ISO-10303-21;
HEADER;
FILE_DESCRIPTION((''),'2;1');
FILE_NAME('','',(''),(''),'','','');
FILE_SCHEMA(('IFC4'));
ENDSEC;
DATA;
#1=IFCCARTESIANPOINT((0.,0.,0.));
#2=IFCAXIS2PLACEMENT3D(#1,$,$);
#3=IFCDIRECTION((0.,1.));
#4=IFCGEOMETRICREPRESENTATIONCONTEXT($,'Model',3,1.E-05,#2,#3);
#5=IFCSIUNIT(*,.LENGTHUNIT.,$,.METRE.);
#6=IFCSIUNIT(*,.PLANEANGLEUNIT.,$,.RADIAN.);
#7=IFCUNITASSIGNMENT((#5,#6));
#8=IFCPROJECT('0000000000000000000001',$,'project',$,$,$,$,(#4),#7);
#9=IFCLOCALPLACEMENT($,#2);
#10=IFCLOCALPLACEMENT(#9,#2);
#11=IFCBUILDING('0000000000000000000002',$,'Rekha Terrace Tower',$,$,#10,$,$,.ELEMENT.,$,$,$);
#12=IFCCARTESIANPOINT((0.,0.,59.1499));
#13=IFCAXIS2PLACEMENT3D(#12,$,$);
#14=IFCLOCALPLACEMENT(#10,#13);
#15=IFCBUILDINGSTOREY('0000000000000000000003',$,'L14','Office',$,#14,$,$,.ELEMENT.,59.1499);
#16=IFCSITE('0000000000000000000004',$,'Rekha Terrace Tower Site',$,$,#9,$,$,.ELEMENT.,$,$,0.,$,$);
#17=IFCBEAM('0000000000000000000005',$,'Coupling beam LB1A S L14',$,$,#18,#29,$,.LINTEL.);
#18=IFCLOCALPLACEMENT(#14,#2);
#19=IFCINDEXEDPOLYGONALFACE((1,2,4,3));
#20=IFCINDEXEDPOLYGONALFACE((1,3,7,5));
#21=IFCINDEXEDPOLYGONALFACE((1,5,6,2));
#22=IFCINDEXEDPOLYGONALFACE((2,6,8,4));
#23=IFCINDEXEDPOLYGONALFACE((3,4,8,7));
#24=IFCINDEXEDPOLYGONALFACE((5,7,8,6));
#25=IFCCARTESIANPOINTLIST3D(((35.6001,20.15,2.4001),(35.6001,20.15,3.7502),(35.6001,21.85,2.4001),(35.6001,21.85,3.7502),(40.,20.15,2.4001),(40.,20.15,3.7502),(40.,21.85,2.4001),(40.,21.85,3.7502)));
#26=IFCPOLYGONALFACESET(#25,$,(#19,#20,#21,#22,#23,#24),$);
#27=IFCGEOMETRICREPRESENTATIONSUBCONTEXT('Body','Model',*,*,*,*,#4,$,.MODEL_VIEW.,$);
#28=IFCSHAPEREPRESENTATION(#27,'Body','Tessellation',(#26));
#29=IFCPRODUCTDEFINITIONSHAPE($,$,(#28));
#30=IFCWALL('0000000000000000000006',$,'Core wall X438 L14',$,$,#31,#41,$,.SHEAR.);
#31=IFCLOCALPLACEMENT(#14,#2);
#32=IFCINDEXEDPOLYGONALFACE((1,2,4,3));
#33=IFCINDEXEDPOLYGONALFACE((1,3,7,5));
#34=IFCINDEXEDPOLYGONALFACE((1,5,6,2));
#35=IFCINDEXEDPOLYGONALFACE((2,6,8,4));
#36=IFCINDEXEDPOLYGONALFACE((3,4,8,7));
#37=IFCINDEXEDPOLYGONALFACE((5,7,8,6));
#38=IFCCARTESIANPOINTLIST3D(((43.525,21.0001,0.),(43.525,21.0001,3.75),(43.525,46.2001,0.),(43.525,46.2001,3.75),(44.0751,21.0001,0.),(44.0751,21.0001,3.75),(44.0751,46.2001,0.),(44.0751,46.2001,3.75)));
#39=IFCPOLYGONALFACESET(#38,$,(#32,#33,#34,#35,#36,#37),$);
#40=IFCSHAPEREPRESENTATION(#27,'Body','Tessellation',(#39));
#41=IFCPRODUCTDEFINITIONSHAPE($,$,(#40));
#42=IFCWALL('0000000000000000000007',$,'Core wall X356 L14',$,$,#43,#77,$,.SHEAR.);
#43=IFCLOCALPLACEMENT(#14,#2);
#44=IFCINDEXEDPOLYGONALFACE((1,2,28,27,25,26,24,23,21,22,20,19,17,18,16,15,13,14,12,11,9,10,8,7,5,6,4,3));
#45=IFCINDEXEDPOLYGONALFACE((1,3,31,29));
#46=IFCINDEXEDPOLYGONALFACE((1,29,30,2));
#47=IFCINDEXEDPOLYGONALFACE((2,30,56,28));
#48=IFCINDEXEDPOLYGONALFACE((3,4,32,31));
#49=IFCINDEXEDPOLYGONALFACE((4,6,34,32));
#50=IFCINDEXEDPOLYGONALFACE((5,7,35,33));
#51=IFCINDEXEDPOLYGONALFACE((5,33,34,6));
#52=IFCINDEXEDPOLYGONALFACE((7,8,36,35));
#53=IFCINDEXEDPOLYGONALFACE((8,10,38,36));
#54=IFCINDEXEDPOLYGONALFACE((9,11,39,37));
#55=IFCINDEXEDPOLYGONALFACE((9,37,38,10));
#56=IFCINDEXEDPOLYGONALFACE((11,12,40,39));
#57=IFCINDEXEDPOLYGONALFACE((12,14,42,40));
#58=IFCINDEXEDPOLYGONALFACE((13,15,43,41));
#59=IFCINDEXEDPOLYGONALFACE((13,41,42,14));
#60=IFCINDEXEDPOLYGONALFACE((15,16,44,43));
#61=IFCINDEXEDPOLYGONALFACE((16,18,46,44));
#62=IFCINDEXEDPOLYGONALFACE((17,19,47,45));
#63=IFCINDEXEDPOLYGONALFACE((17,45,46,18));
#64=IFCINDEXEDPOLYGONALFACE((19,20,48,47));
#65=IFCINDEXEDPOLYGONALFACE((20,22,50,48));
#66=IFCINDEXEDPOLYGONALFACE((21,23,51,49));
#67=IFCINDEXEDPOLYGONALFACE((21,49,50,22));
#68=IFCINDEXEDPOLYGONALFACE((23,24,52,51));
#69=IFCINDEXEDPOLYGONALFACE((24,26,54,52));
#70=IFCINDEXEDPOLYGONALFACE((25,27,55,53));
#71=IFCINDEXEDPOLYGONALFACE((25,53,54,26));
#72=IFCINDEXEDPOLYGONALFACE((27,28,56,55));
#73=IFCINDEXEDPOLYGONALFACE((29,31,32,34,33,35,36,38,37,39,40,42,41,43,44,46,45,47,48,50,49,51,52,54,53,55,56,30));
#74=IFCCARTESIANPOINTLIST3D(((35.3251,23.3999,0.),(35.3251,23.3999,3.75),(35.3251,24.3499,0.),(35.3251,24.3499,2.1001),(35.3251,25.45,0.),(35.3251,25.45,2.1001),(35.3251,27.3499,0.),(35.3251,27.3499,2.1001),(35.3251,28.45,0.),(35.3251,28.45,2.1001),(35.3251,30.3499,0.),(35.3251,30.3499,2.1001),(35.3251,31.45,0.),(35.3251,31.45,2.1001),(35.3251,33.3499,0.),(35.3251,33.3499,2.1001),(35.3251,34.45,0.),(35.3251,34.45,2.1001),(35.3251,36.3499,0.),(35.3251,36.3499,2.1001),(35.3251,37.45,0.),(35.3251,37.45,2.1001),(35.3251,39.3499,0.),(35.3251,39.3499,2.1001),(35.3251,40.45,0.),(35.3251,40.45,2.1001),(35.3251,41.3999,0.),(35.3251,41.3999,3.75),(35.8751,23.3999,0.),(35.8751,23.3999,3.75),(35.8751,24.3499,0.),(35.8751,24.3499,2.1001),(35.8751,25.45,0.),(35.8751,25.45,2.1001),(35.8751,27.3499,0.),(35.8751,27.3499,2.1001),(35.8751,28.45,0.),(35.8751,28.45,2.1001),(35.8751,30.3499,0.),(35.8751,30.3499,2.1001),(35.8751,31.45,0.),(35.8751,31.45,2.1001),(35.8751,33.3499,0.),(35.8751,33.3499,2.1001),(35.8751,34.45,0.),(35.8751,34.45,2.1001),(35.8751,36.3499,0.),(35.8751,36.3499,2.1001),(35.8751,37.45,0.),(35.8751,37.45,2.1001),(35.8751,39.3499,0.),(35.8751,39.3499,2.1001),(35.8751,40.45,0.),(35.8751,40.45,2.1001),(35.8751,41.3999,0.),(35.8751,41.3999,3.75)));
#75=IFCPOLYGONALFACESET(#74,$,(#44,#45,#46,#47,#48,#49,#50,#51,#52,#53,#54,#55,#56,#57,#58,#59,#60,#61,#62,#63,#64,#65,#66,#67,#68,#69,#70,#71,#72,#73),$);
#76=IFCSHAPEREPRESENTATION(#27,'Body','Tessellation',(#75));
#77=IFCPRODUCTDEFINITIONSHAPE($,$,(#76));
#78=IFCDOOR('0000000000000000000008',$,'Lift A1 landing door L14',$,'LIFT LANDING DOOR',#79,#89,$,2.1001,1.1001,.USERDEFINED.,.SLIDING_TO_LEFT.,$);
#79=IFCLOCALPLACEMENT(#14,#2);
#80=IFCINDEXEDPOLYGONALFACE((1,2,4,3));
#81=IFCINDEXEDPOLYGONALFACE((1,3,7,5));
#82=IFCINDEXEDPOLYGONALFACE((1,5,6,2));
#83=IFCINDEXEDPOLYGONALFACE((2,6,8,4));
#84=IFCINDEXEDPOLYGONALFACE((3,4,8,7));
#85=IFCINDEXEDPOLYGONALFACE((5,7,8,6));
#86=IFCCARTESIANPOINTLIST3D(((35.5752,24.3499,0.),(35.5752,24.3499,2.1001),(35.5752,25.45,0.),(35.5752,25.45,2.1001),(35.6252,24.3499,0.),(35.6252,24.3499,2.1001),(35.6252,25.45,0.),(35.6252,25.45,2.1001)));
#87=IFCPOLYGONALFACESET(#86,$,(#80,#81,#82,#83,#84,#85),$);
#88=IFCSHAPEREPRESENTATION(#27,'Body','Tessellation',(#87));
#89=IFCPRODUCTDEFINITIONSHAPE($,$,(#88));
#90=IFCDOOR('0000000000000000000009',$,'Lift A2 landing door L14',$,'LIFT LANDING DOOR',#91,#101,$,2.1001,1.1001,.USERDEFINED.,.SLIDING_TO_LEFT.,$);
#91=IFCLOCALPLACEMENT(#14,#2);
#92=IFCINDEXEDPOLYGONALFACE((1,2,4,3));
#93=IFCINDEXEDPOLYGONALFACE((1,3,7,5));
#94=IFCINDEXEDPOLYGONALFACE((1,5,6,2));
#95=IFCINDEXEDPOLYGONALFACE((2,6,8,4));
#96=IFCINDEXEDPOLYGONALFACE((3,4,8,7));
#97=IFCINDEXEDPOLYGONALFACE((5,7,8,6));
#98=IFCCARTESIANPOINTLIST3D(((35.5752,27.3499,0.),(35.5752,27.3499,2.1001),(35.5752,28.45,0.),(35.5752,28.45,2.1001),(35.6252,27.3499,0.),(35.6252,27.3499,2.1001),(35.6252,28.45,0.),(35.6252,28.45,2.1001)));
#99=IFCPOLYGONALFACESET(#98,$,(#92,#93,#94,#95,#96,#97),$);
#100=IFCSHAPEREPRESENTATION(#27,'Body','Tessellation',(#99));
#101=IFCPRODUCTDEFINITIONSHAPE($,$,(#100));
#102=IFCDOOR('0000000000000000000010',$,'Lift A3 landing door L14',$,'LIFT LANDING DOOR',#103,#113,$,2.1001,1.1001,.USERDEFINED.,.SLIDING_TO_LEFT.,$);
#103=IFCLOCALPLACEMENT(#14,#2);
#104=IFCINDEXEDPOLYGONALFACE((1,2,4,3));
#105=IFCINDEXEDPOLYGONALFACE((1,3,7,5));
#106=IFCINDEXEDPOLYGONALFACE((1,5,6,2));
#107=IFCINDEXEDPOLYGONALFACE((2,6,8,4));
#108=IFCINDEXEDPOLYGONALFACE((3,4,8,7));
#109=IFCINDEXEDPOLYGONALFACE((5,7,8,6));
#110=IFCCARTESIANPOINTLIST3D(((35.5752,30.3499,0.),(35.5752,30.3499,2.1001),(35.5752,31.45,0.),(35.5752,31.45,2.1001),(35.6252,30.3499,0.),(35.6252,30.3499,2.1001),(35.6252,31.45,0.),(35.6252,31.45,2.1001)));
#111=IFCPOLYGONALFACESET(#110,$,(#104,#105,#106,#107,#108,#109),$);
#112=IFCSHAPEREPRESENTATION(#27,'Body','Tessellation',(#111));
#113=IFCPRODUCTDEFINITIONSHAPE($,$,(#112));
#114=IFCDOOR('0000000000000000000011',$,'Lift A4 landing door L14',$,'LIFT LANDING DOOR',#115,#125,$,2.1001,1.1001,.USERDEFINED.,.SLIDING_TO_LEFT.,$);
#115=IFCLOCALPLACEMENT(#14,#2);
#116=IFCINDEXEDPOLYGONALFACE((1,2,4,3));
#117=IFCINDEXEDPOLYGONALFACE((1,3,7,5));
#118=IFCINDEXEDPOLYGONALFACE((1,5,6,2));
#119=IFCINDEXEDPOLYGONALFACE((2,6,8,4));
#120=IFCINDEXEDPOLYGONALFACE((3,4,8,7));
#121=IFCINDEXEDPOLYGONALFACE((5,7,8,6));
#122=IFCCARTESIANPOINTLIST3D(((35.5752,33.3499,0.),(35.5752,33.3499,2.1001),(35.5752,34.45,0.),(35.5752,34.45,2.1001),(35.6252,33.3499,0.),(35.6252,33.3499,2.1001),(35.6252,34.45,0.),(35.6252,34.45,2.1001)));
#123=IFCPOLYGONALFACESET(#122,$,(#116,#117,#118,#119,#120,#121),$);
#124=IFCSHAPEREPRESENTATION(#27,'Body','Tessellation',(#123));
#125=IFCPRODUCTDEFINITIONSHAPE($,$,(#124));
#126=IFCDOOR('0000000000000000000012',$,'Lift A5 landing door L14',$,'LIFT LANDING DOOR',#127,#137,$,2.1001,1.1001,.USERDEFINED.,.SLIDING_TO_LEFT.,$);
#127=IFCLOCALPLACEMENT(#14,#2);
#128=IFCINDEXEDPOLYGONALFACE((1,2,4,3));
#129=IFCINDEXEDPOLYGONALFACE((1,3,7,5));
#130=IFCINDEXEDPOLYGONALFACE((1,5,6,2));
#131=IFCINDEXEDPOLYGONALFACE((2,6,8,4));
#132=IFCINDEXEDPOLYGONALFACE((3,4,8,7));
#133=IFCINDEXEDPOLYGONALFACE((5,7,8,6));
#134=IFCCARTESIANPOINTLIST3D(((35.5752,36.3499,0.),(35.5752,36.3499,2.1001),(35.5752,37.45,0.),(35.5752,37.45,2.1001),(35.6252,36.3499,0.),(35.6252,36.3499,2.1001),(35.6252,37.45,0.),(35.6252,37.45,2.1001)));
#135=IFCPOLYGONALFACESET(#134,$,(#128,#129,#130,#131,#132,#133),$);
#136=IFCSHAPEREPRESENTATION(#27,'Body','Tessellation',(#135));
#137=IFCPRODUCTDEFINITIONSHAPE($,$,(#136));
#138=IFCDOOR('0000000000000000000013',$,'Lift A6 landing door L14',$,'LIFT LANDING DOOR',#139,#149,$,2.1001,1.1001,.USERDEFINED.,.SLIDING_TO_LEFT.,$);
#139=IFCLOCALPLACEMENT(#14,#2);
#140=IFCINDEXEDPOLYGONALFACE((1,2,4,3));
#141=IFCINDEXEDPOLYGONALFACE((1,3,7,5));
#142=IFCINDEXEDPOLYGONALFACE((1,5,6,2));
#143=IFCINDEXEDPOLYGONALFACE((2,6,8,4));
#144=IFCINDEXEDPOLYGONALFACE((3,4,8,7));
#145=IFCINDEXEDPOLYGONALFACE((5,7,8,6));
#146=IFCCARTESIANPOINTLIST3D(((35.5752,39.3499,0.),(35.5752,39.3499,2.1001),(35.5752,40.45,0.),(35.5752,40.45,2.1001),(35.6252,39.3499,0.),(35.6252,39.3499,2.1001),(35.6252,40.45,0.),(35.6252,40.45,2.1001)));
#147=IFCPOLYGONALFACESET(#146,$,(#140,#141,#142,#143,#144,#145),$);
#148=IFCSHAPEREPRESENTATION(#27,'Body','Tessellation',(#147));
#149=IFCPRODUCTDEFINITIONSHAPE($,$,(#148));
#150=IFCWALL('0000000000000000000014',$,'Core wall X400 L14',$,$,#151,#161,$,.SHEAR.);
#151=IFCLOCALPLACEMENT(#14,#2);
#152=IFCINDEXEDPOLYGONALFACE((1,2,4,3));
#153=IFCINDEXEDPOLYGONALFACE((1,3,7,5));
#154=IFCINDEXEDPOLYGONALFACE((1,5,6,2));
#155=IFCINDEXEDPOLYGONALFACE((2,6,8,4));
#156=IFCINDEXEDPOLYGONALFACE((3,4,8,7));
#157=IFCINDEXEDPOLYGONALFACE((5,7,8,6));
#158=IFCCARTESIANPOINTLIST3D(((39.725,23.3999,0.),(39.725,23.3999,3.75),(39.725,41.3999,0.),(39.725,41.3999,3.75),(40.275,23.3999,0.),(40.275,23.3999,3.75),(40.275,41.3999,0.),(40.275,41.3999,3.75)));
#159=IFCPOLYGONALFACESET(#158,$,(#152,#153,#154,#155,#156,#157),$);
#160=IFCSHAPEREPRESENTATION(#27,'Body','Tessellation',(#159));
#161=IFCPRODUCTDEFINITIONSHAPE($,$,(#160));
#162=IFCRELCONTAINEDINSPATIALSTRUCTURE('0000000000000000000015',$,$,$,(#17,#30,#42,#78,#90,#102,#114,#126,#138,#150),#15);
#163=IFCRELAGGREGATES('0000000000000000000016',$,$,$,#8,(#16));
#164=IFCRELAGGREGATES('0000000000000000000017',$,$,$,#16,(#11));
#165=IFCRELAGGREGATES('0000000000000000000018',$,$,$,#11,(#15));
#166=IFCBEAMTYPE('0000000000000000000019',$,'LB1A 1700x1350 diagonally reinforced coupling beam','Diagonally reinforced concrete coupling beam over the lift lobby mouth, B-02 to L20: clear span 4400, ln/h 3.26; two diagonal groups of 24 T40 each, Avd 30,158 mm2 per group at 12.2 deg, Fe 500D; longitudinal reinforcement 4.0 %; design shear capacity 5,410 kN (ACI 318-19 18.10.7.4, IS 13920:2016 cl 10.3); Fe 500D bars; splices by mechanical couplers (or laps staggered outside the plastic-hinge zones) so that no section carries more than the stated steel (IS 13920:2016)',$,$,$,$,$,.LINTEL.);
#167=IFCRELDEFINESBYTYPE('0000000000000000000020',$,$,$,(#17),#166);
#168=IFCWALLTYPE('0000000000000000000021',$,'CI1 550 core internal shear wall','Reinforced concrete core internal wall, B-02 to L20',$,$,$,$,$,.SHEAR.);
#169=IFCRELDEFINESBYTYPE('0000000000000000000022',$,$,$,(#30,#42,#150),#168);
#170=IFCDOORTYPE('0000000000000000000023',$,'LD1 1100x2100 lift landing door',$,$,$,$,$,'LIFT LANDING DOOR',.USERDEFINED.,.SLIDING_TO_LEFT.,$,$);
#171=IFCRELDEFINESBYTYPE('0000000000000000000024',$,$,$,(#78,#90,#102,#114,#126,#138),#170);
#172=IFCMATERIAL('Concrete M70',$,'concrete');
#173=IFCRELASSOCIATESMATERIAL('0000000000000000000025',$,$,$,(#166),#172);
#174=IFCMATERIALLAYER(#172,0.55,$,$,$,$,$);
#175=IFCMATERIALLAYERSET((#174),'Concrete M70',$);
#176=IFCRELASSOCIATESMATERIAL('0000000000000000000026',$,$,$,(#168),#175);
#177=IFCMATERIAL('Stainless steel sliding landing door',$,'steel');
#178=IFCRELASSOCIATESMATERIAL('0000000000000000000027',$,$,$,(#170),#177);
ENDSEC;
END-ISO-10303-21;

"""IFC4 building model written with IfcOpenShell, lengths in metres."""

from ifc_helpers import new_model, si_unit, direction, frame, frame_2d, origin, origin_2d, place, context, subcontext, project, spatial, rectangle, extrude, material, layer, layer_set, material_profile, profile_set, type_object, element, fill, save


model = new_model("IFC4")

# Units and contexts
model_context = context("Model", 3, precision=1e-05, world=origin(), true_north=direction((0.0, 1.0)))
body_context = subcontext(model_context, "Body", "Model", "MODEL_VIEW")
ifc_project = project(units=[si_unit("LENGTHUNIT", "METRE"), si_unit("PLANEANGLEUNIT", "RADIAN")], contexts=[model_context])

# Site, building, storey
site_placement = place(None, origin())
site = spatial("IfcSite", under=ifc_project, at=site_placement, Name="Rekha Terrace Tower Site", CompositionType="ELEMENT", RefElevation=0.0)
building_placement = place(site_placement, origin())
building = spatial("IfcBuilding", under=site, at=building_placement, Name="Rekha Terrace Tower", CompositionType="ELEMENT")
storey_placement = place(building_placement, frame((0.0, 0.0, 59.1499)))
storey = spatial("IfcBuildingStorey", under=building, at=storey_placement, Name="L14", Description="Office", CompositionType="ELEMENT", Elevation=59.1499)

# Beam
ifc_material_1 = material(Name="Concrete M70", Category="concrete")
ifc_material_profile = material_profile(ifc_material_1, rectangle(XDim=1.7, YDim=1.3501, at=origin_2d()), Name="RC 1700x1350")
ifc_profile_set = profile_set([ifc_material_profile], Name="Concrete M70")
beam_type = type_object("IfcBeamType", Name="LB1A 1700x1350 diagonally reinforced coupling beam", Description="Diagonally reinforced concrete coupling beam over the lift lobby mouth, B-02 to L20: clear span 4400, ln/h 3.26; two diagonal groups of 24 T40 each, Avd 30,158 mm2 per group at 12.2 deg, Fe 500D; longitudinal reinforcement 4.0 %; design shear capacity 5,410 kN (ACI 318-19 18.10.7.4, IS 13920:2016 cl 10.3); Fe 500D bars; splices by mechanical couplers (or laps staggered outside the plastic-hinge zones) so that no section carries more than the stated steel (IS 13920:2016)", PredefinedType="LINTEL", material=ifc_profile_set)
beam_placement = place(storey_placement, frame((35.6001, 21.0, 3.0752), z_axis=(1.0, 0.0, 0.0), x_axis=(0.0, 1.0, 0.0)))
element("IfcBeam", 1, at=beam_placement, inside=storey, type_object=beam_type, Name="Coupling beam LB1A S L14", PredefinedType="LINTEL", context=body_context, shape_type="SweptSolid", body=[
    extrude(rectangle(XDim=1.7, YDim=1.3501, at=origin_2d()), origin(), (0.0, 0.0, 1.0), 4.3999),
])

# Wall
ifc_layer_1 = layer(ifc_material_1, 0.55)
ifc_layer_set_1 = layer_set([ifc_layer_1], Name="Concrete M70")
wall_type_1 = type_object("IfcWallType", Name="CI1 550 core internal shear wall", Description="Reinforced concrete core internal wall, B-02 to L20", PredefinedType="SHEAR", material=ifc_layer_set_1)
wall_1_placement = place(storey_placement, frame((43.8, 21.0, 0.0), z_axis=(0.0, 0.0, 1.0), x_axis=(0.0, 1.0, 0.0)))
element("IfcWall", 2, at=wall_1_placement, inside=storey, type_object=wall_type_1, Name="Core wall X438 L14", PredefinedType="SHEAR", context=body_context, shape_type="SweptSolid", body=[
    extrude(rectangle(XDim=25.2, YDim=0.55, at=frame_2d((12.6001, 0.0))), origin(), (0.0, 0.0, 1.0), 3.75),
])

# Wall, openings, doors
wall_2_placement = place(storey_placement, frame((35.6001, 23.3999, 0.0), z_axis=(0.0, 0.0, 1.0), x_axis=(0.0, 1.0, 0.0)))
wall_2 = element("IfcWall", 3, at=wall_2_placement, inside=storey, type_object=wall_type_1, Name="Core wall X356 L14", PredefinedType="SHEAR", context=body_context, shape_type="SweptSolid", body=[
    extrude(rectangle(XDim=18.0, YDim=0.55, at=frame_2d((9.0, 0.0))), origin(), (0.0, 0.0, 1.0), 3.75),
])
opening_1_placement = place(wall_2_placement, frame((0.95, 0.0, 0.0)))
opening_1 = element("IfcOpeningElement", 4, at=opening_1_placement, cuts=wall_2, PredefinedType="OPENING", context=body_context, shape_type="SweptSolid", body=[
    extrude(rectangle(XDim=1.1001, YDim=2.1001, at=frame_2d((0.55, 1.05))), frame((0.0, 0.2849, 0.0), z_axis=(0.0, -1.0, 0.0), x_axis=(1.0, 0.0, 0.0)), (0.0, 0.0, 1.0), 0.5701),
])
opening_2_placement = place(wall_2_placement, frame((3.95, 0.0, 0.0)))
opening_2 = element("IfcOpeningElement", 5, at=opening_2_placement, cuts=wall_2, PredefinedType="OPENING", context=body_context, shape_type="SweptSolid", body=[
    extrude(rectangle(XDim=1.1001, YDim=2.1001, at=frame_2d((0.55, 1.05))), frame((0.0, 0.2849, 0.0), z_axis=(0.0, -1.0, 0.0), x_axis=(1.0, 0.0, 0.0)), (0.0, 0.0, 1.0), 0.5701),
])
opening_3_placement = place(wall_2_placement, frame((6.95, 0.0, 0.0)))
opening_3 = element("IfcOpeningElement", 6, at=opening_3_placement, cuts=wall_2, PredefinedType="OPENING", context=body_context, shape_type="SweptSolid", body=[
    extrude(rectangle(XDim=1.1001, YDim=2.1001, at=frame_2d((0.55, 1.05))), frame((0.0, 0.2849, 0.0), z_axis=(0.0, -1.0, 0.0), x_axis=(1.0, 0.0, 0.0)), (0.0, 0.0, 1.0), 0.5701),
])
opening_4_placement = place(wall_2_placement, frame((9.95, 0.0, 0.0)))
opening_4 = element("IfcOpeningElement", 7, at=opening_4_placement, cuts=wall_2, PredefinedType="OPENING", context=body_context, shape_type="SweptSolid", body=[
    extrude(rectangle(XDim=1.1001, YDim=2.1001, at=frame_2d((0.55, 1.05))), frame((0.0, 0.2849, 0.0), z_axis=(0.0, -1.0, 0.0), x_axis=(1.0, 0.0, 0.0)), (0.0, 0.0, 1.0), 0.5701),
])
opening_5_placement = place(wall_2_placement, frame((12.95, 0.0, 0.0)))
opening_5 = element("IfcOpeningElement", 8, at=opening_5_placement, cuts=wall_2, PredefinedType="OPENING", context=body_context, shape_type="SweptSolid", body=[
    extrude(rectangle(XDim=1.1001, YDim=2.1001, at=frame_2d((0.55, 1.05))), frame((0.0, 0.2849, 0.0), z_axis=(0.0, -1.0, 0.0), x_axis=(1.0, 0.0, 0.0)), (0.0, 0.0, 1.0), 0.5701),
])
opening_6_placement = place(wall_2_placement, frame((15.95, 0.0, 0.0)))
opening_6 = element("IfcOpeningElement", 9, at=opening_6_placement, cuts=wall_2, PredefinedType="OPENING", context=body_context, shape_type="SweptSolid", body=[
    extrude(rectangle(XDim=1.1001, YDim=2.1001, at=frame_2d((0.55, 1.05))), frame((0.0, 0.2849, 0.0), z_axis=(0.0, -1.0, 0.0), x_axis=(1.0, 0.0, 0.0)), (0.0, 0.0, 1.0), 0.5701),
])
ifc_material_2 = material(Name="Stainless steel sliding landing door", Category="steel")
door_type_1 = type_object("IfcDoorType", Name="LD1 1100x2100 lift landing door", ElementType="LIFT LANDING DOOR", OperationType="SLIDING_TO_LEFT", PredefinedType="USERDEFINED", material=ifc_material_2)
door_1_placement = place(opening_1_placement, origin())
door_1 = element("IfcDoor", 10, at=door_1_placement, inside=storey, type_object=door_type_1, Name="Lift A1 landing door L14", ObjectType="LIFT LANDING DOOR", OperationType="SLIDING_TO_LEFT", OverallHeight=2.1001, OverallWidth=1.1001, PredefinedType="USERDEFINED", context=body_context, shape_type="SweptSolid", body=[
    extrude(rectangle(XDim=1.1001, YDim=2.1001, at=frame_2d((0.55, 1.05))), frame((0.0, 0.0249, 0.0), z_axis=(0.0, -1.0, 0.0), x_axis=(1.0, 0.0, 0.0)), (0.0, 0.0, 1.0), 0.05),
])
fill(opening_1, door_1)
door_2_placement = place(opening_2_placement, origin())
door_2 = element("IfcDoor", 11, at=door_2_placement, inside=storey, type_object=door_type_1, Name="Lift A2 landing door L14", ObjectType="LIFT LANDING DOOR", OperationType="SLIDING_TO_LEFT", OverallHeight=2.1001, OverallWidth=1.1001, PredefinedType="USERDEFINED", context=body_context, shape_type="SweptSolid", body=[
    extrude(rectangle(XDim=1.1001, YDim=2.1001, at=frame_2d((0.55, 1.05))), frame((0.0, 0.0249, 0.0), z_axis=(0.0, -1.0, 0.0), x_axis=(1.0, 0.0, 0.0)), (0.0, 0.0, 1.0), 0.05),
])
fill(opening_2, door_2)
door_3_placement = place(opening_3_placement, origin())
door_3 = element("IfcDoor", 12, at=door_3_placement, inside=storey, type_object=door_type_1, Name="Lift A3 landing door L14", ObjectType="LIFT LANDING DOOR", OperationType="SLIDING_TO_LEFT", OverallHeight=2.1001, OverallWidth=1.1001, PredefinedType="USERDEFINED", context=body_context, shape_type="SweptSolid", body=[
    extrude(rectangle(XDim=1.1001, YDim=2.1001, at=frame_2d((0.55, 1.05))), frame((0.0, 0.0249, 0.0), z_axis=(0.0, -1.0, 0.0), x_axis=(1.0, 0.0, 0.0)), (0.0, 0.0, 1.0), 0.05),
])
fill(opening_3, door_3)
door_4_placement = place(opening_4_placement, origin())
door_4 = element("IfcDoor", 13, at=door_4_placement, inside=storey, type_object=door_type_1, Name="Lift A4 landing door L14", ObjectType="LIFT LANDING DOOR", OperationType="SLIDING_TO_LEFT", OverallHeight=2.1001, OverallWidth=1.1001, PredefinedType="USERDEFINED", context=body_context, shape_type="SweptSolid", body=[
    extrude(rectangle(XDim=1.1001, YDim=2.1001, at=frame_2d((0.55, 1.05))), frame((0.0, 0.0249, 0.0), z_axis=(0.0, -1.0, 0.0), x_axis=(1.0, 0.0, 0.0)), (0.0, 0.0, 1.0), 0.05),
])
fill(opening_4, door_4)
door_5_placement = place(opening_5_placement, origin())
door_5 = element("IfcDoor", 14, at=door_5_placement, inside=storey, type_object=door_type_1, Name="Lift A5 landing door L14", ObjectType="LIFT LANDING DOOR", OperationType="SLIDING_TO_LEFT", OverallHeight=2.1001, OverallWidth=1.1001, PredefinedType="USERDEFINED", context=body_context, shape_type="SweptSolid", body=[
    extrude(rectangle(XDim=1.1001, YDim=2.1001, at=frame_2d((0.55, 1.05))), frame((0.0, 0.0249, 0.0), z_axis=(0.0, -1.0, 0.0), x_axis=(1.0, 0.0, 0.0)), (0.0, 0.0, 1.0), 0.05),
])
fill(opening_5, door_5)
door_6_placement = place(opening_6_placement, origin())
door_6 = element("IfcDoor", 15, at=door_6_placement, inside=storey, type_object=door_type_1, Name="Lift A6 landing door L14", ObjectType="LIFT LANDING DOOR", OperationType="SLIDING_TO_LEFT", OverallHeight=2.1001, OverallWidth=1.1001, PredefinedType="USERDEFINED", context=body_context, shape_type="SweptSolid", body=[
    extrude(rectangle(XDim=1.1001, YDim=2.1001, at=frame_2d((0.55, 1.05))), frame((0.0, 0.0249, 0.0), z_axis=(0.0, -1.0, 0.0), x_axis=(1.0, 0.0, 0.0)), (0.0, 0.0, 1.0), 0.05),
])
fill(opening_6, door_6)

# Wall
wall_3_placement = place(storey_placement, frame((40.0, 23.3999, 0.0), z_axis=(0.0, 0.0, 1.0), x_axis=(0.0, 1.0, 0.0)))
element("IfcWall", 16, at=wall_3_placement, inside=storey, type_object=wall_type_1, Name="Core wall X400 L14", PredefinedType="SHEAR", context=body_context, shape_type="SweptSolid", body=[
    extrude(rectangle(XDim=18.0, YDim=0.55, at=frame_2d((9.0, 0.0))), origin(), (0.0, 0.0, 1.0), 3.75),
])

save(model, "model.ifc")
